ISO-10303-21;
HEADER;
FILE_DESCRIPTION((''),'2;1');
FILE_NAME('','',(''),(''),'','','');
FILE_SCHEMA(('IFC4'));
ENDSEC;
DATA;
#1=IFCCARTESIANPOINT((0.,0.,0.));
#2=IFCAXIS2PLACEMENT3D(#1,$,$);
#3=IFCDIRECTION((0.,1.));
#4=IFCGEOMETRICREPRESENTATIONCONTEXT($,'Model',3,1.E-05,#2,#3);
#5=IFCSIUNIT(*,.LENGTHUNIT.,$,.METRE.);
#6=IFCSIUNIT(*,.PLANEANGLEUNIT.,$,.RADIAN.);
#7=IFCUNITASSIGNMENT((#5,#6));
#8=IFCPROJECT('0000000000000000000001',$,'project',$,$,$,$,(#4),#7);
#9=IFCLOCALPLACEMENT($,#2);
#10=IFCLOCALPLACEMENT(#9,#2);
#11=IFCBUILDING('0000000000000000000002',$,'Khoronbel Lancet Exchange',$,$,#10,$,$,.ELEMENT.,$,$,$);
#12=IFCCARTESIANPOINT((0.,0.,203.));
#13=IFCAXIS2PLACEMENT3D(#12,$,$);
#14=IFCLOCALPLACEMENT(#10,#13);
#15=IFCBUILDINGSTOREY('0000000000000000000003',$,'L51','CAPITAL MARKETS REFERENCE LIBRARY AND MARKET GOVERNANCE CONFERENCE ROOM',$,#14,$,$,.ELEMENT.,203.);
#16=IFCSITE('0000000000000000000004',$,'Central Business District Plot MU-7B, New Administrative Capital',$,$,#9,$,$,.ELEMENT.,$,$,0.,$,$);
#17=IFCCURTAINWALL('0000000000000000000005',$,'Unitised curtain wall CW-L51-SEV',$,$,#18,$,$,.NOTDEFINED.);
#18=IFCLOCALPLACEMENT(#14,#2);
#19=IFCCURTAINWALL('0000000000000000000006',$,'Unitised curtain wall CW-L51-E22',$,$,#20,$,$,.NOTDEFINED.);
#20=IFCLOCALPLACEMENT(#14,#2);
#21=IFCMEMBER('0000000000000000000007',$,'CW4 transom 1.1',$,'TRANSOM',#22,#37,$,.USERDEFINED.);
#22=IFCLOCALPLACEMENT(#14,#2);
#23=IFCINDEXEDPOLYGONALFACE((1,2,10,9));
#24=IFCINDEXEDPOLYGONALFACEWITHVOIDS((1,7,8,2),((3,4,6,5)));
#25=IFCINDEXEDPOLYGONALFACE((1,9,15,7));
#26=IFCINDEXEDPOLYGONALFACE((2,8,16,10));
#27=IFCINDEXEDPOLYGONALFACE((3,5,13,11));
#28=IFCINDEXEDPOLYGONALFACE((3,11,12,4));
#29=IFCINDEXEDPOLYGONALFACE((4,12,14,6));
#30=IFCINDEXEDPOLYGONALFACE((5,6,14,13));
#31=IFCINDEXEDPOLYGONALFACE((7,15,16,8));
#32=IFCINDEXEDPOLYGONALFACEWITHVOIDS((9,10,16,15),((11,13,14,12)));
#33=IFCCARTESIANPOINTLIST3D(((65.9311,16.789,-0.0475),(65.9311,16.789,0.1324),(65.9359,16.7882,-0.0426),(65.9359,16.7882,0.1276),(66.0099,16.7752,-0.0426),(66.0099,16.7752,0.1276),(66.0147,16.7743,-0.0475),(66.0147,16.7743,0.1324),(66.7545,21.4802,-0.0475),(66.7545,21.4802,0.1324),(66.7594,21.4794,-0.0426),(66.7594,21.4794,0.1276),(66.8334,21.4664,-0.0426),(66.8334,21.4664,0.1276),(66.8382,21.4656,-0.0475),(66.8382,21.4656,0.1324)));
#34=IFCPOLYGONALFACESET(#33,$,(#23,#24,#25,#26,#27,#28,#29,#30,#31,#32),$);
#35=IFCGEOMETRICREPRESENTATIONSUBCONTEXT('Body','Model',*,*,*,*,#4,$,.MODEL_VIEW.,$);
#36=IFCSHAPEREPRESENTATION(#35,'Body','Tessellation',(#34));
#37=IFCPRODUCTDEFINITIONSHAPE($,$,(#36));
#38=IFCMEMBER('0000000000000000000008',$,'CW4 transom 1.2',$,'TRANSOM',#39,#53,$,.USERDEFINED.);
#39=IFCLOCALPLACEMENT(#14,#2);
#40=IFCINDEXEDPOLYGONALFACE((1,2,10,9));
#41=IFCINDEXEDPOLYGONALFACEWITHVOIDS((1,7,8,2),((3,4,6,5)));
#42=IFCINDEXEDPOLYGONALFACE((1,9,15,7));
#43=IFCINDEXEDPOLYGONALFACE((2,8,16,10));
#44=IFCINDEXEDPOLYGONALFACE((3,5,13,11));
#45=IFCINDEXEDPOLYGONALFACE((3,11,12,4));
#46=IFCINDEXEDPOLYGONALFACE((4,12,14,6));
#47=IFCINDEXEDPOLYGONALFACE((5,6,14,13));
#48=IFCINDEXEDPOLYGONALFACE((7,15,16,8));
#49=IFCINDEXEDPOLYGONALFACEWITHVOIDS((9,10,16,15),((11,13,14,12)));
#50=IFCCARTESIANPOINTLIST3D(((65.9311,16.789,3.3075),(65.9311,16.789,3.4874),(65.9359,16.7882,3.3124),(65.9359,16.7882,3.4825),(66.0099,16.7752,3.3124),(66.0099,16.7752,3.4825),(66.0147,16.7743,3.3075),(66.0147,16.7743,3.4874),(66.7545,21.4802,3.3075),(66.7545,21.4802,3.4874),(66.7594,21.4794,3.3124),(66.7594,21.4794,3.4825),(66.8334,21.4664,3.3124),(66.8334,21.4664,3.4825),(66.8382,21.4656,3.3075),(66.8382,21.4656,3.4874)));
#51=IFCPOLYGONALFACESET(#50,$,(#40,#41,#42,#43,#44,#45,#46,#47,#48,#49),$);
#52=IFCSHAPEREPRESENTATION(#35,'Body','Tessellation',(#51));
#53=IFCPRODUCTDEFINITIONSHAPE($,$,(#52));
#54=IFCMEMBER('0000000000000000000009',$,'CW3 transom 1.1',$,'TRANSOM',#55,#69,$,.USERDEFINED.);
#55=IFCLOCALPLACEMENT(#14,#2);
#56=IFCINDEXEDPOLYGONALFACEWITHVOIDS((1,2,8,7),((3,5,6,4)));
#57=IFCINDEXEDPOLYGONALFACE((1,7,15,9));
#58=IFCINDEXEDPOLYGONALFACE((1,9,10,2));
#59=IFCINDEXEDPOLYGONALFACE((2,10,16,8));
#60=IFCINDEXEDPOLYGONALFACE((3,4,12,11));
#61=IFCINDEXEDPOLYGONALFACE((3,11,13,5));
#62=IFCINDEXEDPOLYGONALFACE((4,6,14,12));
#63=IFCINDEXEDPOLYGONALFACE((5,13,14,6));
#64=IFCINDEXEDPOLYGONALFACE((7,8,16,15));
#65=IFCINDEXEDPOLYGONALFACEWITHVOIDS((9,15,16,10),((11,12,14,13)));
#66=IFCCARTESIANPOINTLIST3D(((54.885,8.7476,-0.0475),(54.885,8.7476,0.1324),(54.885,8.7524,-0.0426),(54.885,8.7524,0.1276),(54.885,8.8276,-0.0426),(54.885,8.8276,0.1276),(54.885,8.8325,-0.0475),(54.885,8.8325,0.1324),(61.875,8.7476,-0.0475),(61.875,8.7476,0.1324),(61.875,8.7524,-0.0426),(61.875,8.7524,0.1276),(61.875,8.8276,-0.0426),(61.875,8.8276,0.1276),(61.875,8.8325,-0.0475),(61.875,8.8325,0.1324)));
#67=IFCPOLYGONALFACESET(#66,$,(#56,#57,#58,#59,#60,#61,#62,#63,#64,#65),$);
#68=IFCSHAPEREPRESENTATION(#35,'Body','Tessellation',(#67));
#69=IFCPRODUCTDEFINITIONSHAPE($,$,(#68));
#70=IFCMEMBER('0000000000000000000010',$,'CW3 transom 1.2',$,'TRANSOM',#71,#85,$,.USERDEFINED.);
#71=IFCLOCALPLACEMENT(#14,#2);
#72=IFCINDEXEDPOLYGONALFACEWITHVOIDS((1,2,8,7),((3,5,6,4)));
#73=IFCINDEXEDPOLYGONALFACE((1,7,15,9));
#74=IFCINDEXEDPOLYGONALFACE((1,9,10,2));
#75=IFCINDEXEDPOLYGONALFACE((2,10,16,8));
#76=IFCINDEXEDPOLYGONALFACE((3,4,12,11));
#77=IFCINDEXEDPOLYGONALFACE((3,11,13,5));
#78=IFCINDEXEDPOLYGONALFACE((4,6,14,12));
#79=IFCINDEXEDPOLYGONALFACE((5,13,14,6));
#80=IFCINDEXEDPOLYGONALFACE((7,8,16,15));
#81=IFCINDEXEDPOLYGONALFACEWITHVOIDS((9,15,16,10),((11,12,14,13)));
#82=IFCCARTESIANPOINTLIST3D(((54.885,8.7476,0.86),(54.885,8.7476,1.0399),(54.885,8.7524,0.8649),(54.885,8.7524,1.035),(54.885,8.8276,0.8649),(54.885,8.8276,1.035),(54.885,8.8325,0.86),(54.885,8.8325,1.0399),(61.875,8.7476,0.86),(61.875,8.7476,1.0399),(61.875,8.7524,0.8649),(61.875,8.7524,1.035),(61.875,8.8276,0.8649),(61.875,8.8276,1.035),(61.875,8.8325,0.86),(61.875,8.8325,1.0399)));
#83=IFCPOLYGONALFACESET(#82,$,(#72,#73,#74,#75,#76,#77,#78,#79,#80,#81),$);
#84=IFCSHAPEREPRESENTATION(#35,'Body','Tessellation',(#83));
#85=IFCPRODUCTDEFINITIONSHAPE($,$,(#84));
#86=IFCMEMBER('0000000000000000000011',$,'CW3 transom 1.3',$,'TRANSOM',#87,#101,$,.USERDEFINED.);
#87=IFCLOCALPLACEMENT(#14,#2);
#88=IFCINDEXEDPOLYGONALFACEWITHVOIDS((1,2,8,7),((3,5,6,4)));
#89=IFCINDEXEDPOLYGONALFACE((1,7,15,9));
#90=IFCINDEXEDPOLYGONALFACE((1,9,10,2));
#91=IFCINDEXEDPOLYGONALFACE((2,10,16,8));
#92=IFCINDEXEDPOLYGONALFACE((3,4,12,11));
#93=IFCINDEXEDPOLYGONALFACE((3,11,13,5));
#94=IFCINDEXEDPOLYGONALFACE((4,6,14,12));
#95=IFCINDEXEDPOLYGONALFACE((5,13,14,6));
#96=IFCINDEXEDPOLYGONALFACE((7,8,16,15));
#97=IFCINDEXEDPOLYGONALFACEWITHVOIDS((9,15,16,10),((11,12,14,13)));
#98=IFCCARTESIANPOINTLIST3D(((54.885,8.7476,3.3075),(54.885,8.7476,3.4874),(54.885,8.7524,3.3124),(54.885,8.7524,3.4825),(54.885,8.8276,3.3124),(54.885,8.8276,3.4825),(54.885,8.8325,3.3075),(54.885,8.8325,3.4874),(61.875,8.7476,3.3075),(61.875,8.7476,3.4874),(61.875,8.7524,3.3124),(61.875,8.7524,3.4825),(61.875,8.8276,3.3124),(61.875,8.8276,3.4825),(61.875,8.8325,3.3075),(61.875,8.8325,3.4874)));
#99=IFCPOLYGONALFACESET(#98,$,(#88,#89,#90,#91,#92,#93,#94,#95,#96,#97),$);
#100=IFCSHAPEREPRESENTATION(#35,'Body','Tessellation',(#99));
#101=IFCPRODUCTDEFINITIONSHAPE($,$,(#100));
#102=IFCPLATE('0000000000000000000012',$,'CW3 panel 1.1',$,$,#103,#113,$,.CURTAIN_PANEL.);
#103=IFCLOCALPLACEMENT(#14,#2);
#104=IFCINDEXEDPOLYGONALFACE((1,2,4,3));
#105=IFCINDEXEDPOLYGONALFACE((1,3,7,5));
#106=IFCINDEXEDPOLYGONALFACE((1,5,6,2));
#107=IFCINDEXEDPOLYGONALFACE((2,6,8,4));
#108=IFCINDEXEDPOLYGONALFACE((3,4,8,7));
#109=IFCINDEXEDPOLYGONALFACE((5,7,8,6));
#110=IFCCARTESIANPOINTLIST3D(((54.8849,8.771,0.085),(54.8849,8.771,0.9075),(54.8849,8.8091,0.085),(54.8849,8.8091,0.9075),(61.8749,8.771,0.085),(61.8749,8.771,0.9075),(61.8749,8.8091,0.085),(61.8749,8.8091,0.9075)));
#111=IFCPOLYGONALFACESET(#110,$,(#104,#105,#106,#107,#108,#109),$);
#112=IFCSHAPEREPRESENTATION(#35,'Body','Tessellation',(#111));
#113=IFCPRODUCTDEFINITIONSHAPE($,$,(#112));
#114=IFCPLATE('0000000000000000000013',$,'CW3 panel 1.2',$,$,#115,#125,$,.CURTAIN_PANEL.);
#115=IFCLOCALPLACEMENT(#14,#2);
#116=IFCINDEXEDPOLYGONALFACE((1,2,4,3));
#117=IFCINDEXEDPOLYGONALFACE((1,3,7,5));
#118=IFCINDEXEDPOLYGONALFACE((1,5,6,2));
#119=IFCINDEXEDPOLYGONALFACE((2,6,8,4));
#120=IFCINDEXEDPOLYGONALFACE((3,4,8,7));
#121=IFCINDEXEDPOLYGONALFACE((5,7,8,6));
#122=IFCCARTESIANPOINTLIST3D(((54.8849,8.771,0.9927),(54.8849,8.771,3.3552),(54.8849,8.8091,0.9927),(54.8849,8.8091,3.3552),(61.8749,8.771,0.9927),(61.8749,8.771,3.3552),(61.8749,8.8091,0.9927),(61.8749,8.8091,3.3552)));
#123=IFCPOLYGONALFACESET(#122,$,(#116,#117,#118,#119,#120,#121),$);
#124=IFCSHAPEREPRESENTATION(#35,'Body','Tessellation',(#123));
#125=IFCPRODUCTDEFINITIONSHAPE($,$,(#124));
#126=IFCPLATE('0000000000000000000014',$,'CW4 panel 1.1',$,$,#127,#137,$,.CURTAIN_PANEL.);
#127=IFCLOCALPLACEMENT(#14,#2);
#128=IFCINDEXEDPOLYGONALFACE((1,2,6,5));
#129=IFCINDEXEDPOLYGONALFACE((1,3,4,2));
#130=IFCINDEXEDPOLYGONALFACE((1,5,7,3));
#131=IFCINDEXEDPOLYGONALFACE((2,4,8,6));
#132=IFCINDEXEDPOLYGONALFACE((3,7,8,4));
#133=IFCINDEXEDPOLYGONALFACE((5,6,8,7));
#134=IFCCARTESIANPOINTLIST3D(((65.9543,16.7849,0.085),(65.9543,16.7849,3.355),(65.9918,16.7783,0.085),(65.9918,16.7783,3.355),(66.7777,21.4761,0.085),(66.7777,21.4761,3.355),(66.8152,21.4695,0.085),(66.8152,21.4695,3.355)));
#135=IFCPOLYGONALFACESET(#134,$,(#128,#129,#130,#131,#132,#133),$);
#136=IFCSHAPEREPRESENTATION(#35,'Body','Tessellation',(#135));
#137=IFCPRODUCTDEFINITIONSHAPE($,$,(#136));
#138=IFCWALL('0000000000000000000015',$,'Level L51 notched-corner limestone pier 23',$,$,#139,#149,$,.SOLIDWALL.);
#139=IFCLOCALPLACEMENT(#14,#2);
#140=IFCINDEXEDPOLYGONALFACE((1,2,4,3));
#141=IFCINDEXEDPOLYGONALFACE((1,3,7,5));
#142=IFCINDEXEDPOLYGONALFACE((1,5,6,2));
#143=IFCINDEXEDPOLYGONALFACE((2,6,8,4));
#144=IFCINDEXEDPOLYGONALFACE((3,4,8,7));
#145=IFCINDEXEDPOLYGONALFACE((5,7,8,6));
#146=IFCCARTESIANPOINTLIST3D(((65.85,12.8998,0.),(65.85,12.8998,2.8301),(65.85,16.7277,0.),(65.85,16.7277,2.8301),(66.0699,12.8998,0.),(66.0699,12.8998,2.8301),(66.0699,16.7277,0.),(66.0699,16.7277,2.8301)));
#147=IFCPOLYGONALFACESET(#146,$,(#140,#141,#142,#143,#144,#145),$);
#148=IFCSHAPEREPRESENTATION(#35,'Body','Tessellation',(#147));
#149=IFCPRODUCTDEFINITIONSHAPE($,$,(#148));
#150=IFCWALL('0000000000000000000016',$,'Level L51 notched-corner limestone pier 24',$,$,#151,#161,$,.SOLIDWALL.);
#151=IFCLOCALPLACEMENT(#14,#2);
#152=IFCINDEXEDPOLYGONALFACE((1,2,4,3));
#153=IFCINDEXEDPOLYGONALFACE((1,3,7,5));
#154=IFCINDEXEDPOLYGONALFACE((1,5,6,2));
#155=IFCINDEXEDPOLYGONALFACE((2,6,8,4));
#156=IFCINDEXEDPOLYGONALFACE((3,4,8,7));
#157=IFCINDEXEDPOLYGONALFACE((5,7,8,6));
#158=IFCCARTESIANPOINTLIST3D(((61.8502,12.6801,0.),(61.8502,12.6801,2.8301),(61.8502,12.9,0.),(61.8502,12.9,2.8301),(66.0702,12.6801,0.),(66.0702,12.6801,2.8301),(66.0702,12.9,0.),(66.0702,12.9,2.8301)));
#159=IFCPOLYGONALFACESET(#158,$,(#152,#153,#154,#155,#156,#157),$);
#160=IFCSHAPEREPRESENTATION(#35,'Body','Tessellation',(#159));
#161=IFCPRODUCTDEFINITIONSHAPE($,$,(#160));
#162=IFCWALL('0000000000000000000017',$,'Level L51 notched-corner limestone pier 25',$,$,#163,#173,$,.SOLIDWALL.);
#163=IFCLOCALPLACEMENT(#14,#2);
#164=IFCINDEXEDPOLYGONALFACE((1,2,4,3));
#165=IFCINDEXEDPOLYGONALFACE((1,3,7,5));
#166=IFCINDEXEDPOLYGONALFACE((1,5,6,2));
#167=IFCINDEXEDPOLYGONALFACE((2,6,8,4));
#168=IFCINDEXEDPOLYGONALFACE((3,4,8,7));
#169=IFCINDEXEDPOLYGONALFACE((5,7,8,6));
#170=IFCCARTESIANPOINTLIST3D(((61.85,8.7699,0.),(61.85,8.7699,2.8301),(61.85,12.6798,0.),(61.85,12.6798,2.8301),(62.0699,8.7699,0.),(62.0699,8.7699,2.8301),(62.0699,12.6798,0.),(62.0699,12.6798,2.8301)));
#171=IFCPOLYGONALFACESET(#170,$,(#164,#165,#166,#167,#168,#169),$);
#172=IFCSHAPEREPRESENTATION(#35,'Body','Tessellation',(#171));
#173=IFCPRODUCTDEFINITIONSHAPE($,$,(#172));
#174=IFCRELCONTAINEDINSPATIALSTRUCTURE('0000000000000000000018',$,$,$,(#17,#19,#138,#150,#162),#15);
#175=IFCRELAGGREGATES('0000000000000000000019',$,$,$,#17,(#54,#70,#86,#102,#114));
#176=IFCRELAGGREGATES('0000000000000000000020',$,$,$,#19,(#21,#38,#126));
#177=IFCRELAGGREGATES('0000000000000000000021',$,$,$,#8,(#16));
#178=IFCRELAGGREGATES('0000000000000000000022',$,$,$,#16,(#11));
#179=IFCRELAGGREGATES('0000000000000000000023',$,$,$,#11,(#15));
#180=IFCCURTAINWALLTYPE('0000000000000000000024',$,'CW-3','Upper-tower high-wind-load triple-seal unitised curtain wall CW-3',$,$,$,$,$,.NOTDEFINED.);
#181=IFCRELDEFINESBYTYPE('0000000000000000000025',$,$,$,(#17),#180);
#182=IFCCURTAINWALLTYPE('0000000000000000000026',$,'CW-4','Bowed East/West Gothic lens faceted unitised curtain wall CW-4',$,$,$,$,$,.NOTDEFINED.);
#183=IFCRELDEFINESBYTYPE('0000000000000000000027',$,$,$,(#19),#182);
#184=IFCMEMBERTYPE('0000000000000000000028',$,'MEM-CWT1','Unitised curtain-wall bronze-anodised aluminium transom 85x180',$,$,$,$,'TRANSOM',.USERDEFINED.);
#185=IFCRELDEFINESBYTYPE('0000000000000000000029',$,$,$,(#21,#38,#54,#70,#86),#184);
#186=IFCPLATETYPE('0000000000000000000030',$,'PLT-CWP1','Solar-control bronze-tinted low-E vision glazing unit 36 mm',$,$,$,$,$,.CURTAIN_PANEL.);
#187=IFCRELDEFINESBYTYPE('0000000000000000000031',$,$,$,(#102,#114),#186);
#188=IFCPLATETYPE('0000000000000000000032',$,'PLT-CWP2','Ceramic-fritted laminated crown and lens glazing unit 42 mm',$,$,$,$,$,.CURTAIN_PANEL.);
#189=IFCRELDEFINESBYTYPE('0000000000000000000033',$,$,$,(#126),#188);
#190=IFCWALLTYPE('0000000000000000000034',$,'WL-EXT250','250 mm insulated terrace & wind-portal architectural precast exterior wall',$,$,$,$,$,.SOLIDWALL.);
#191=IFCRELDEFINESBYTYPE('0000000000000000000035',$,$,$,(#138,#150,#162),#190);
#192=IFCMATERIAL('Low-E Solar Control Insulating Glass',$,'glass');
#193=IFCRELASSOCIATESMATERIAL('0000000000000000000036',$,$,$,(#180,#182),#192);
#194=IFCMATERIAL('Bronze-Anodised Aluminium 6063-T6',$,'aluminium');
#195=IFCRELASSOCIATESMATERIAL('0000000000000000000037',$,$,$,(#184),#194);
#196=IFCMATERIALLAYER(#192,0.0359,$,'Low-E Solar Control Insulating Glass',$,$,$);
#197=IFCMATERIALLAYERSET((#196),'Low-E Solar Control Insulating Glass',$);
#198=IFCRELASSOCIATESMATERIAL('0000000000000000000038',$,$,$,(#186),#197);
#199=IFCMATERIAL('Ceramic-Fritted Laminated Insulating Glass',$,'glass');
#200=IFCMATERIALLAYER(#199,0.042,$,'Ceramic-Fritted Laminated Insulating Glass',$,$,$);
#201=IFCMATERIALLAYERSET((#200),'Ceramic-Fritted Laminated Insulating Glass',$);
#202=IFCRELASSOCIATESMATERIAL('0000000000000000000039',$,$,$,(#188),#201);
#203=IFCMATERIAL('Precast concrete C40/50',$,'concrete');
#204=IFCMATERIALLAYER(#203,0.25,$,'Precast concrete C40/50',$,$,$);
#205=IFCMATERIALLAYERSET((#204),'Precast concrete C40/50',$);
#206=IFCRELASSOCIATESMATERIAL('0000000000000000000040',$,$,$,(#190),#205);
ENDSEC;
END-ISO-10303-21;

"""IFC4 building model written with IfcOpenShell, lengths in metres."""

from ifc_helpers import new_model, si_unit, direction, frame, frame_2d, origin, origin_2d, place, context, subcontext, project, spatial, rectangle, hollow_rectangle, extrude, material, layer, layer_set, material_profile, profile_set, type_object, element, aggregate, save


model = new_model("IFC4")

# Units and contexts
model_context = context("Model", 3, precision=1e-05, world=origin(), true_north=direction((0.0, 1.0)))
body_context = subcontext(model_context, "Body", "Model", "MODEL_VIEW")
ifc_project = project(units=[si_unit("LENGTHUNIT", "METRE"), si_unit("PLANEANGLEUNIT", "RADIAN")], contexts=[model_context])

# Site, building, storey
site_placement = place(None, origin())
site = spatial("IfcSite", under=ifc_project, at=site_placement, Name="Central Business District Plot MU-7B, New Administrative Capital", CompositionType="ELEMENT", RefElevation=0.0)
building_placement = place(site_placement, origin())
building = spatial("IfcBuilding", under=site, at=building_placement, Name="Khoronbel Lancet Exchange", CompositionType="ELEMENT")
storey_placement = place(building_placement, frame((0.0, 0.0, 203.0)))
storey = spatial("IfcBuildingStorey", under=building, at=storey_placement, Name="L51", Description="CAPITAL MARKETS REFERENCE LIBRARY AND MARKET GOVERNANCE CONFERENCE ROOM", CompositionType="ELEMENT", Elevation=203.0)

# Shared definitions
ifc_material_1 = material(Name="Low-E Solar Control Insulating Glass", Category="glass")
curtain_wall_type_1 = type_object("IfcCurtainWallType", Name="CW-3", Description="Upper-tower high-wind-load triple-seal unitised curtain wall CW-3", PredefinedType="NOTDEFINED", material=ifc_material_1)
ifc_material_2 = material(Name="Bronze-Anodised Aluminium 6063-T6", Category="aluminium")

# Curtain walls, members
curtain_wall_1_placement = place(storey_placement, origin())
curtain_wall_1 = element("IfcCurtainWall", 1, at=curtain_wall_1_placement, inside=storey, type_object=curtain_wall_type_1, Name="Unitised curtain wall CW-L51-SEV", PredefinedType="NOTDEFINED")
curtain_wall_type_2 = type_object("IfcCurtainWallType", Name="CW-4", Description="Bowed East/West Gothic lens faceted unitised curtain wall CW-4", PredefinedType="NOTDEFINED", material=ifc_material_1)
curtain_wall_2_placement = place(storey_placement, origin())
curtain_wall_2 = element("IfcCurtainWall", 2, at=curtain_wall_2_placement, inside=storey, type_object=curtain_wall_type_2, Name="Unitised curtain wall CW-L51-E22", PredefinedType="NOTDEFINED")
ifc_material_profile_1 = material_profile(ifc_material_2, hollow_rectangle(XDim=0.085, YDim=0.1799, WallThickness=0.0049, at=origin_2d()), Name="ALU TRANSOM 85x180")
ifc_profile_set_1 = profile_set([ifc_material_profile_1], Name="Bronze-Anodised Aluminium 6063-T6")
member_type_1 = type_object("IfcMemberType", Name="MEM-CWT1", Description="Unitised curtain-wall bronze-anodised aluminium transom 85x180", ElementType="TRANSOM", PredefinedType="USERDEFINED", material=ifc_profile_set_1)
member_1_placement = place(storey_placement, frame((66.7964, 21.4729, 0.0425), z_axis=(-0.172896, -0.98494, 0.0), x_axis=(0.98494, -0.172896, 0.0)))
member_1 = element("IfcMember", 3, at=member_1_placement, type_object=member_type_1, Name="CW4 transom 1.1", ObjectType="TRANSOM", PredefinedType="USERDEFINED", context=body_context, shape_type="SweptSolid", body=[
    extrude(hollow_rectangle(XDim=0.085, YDim=0.1799, WallThickness=0.0049, at=origin_2d()), origin(), (0.0, 0.0, 1.0), 4.7629),
])
member_2_placement = place(storey_placement, frame((66.7964, 21.4729, 3.3975), z_axis=(-0.172896, -0.98494, 0.0), x_axis=(0.98494, -0.172896, 0.0)))
member_2 = element("IfcMember", 4, at=member_2_placement, type_object=member_type_1, Name="CW4 transom 1.2", ObjectType="TRANSOM", PredefinedType="USERDEFINED", context=body_context, shape_type="SweptSolid", body=[
    extrude(hollow_rectangle(XDim=0.085, YDim=0.1799, WallThickness=0.0049, at=origin_2d()), origin(), (0.0, 0.0, 1.0), 4.7629),
])

# Members
member_3_placement = place(storey_placement, frame((54.885, 8.79, 0.0425), z_axis=(1.0, 0.0, 0.0), x_axis=(0.0, 1.0, 0.0)))
member_3 = element("IfcMember", 5, at=member_3_placement, type_object=member_type_1, Name="CW3 transom 1.1", ObjectType="TRANSOM", PredefinedType="USERDEFINED", context=body_context, shape_type="SweptSolid", body=[
    extrude(hollow_rectangle(XDim=0.085, YDim=0.1799, WallThickness=0.0049, at=origin_2d()), origin(), (0.0, 0.0, 1.0), 6.99),
])
member_4_placement = place(storey_placement, frame((54.885, 8.79, 0.95), z_axis=(1.0, 0.0, 0.0), x_axis=(0.0, 1.0, 0.0)))
member_4 = element("IfcMember", 6, at=member_4_placement, type_object=member_type_1, Name="CW3 transom 1.2", ObjectType="TRANSOM", PredefinedType="USERDEFINED", context=body_context, shape_type="SweptSolid", body=[
    extrude(hollow_rectangle(XDim=0.085, YDim=0.1799, WallThickness=0.0049, at=origin_2d()), origin(), (0.0, 0.0, 1.0), 6.99),
])
member_5_placement = place(storey_placement, frame((54.885, 8.79, 3.3975), z_axis=(1.0, 0.0, 0.0), x_axis=(0.0, 1.0, 0.0)))
member_5 = element("IfcMember", 7, at=member_5_placement, type_object=member_type_1, Name="CW3 transom 1.3", ObjectType="TRANSOM", PredefinedType="USERDEFINED", context=body_context, shape_type="SweptSolid", body=[
    extrude(hollow_rectangle(XDim=0.085, YDim=0.1799, WallThickness=0.0049, at=origin_2d()), origin(), (0.0, 0.0, 1.0), 6.99),
])

# Plates
ifc_layer_1 = layer(ifc_material_1, 0.0359, Name="Low-E Solar Control Insulating Glass")
ifc_layer_set_1 = layer_set([ifc_layer_1], Name="Low-E Solar Control Insulating Glass")
plate_type_1 = type_object("IfcPlateType", Name="PLT-CWP1", Description="Solar-control bronze-tinted low-E vision glazing unit 36 mm", PredefinedType="CURTAIN_PANEL", material=ifc_layer_set_1)
plate_1_placement = place(storey_placement, frame((58.3799, 8.79, 0.085), z_axis=(0.0, 0.0, 1.0), x_axis=(1.0, 0.0, 0.0)))
plate_1 = element("IfcPlate", 8, at=plate_1_placement, type_object=plate_type_1, Name="CW3 panel 1.1", PredefinedType="CURTAIN_PANEL", context=body_context, shape_type="SweptSolid", body=[
    extrude(rectangle(XDim=6.99, YDim=0.0381, at=origin_2d()), origin(), (0.0, 0.0, 1.0), 0.8225),
])
plate_2_placement = place(storey_placement, frame((58.3799, 8.79, 0.9927), z_axis=(0.0, 0.0, 1.0), x_axis=(1.0, 0.0, 0.0)))
plate_2 = element("IfcPlate", 9, at=plate_2_placement, type_object=plate_type_1, Name="CW3 panel 1.2", PredefinedType="CURTAIN_PANEL", context=body_context, shape_type="SweptSolid", body=[
    extrude(rectangle(XDim=6.99, YDim=0.0381, at=origin_2d()), origin(), (0.0, 0.0, 1.0), 2.3625),
])
aggregate(curtain_wall_1, [member_3, member_4, member_5, plate_1, plate_2])
ifc_material_3 = material(Name="Ceramic-Fritted Laminated Insulating Glass", Category="glass")
ifc_layer_2 = layer(ifc_material_3, 0.042, Name="Ceramic-Fritted Laminated Insulating Glass")
ifc_layer_set_2 = layer_set([ifc_layer_2], Name="Ceramic-Fritted Laminated Insulating Glass")
plate_type_2 = type_object("IfcPlateType", Name="PLT-CWP2", Description="Ceramic-fritted laminated crown and lens glazing unit 42 mm", PredefinedType="CURTAIN_PANEL", material=ifc_layer_set_2)
plate_3_placement = place(storey_placement, frame((66.3848, 19.1272, 0.085), z_axis=(0.0, 0.0, 1.0), x_axis=(-0.172869, -0.984945, 0.0)))
plate_3 = element("IfcPlate", 10, at=plate_3_placement, type_object=plate_type_2, Name="CW4 panel 1.1", PredefinedType="CURTAIN_PANEL", context=body_context, shape_type="SweptSolid", body=[
    extrude(rectangle(XDim=4.7629, YDim=0.0381, at=origin_2d()), origin(), (0.0, 0.0, 1.0), 3.27),
])
aggregate(curtain_wall_2, [member_1, member_2, plate_3])

# Walls
ifc_material_4 = material(Name="Precast concrete C40/50", Category="concrete")
ifc_layer_3 = layer(ifc_material_4, 0.25, Name="Precast concrete C40/50")
ifc_layer_set_3 = layer_set([ifc_layer_3], Name="Precast concrete C40/50")
wall_type_1 = type_object("IfcWallType", Name="WL-EXT250", Description="250 mm insulated terrace & wind-portal architectural precast exterior wall", PredefinedType="SOLIDWALL", material=ifc_layer_set_3)
wall_1_placement = place(storey_placement, frame((65.96, 16.7278, 0.0), z_axis=(0.0, 0.0, 1.0), x_axis=(0.0, -1.0, 0.0)))
element("IfcWall", 11, at=wall_1_placement, inside=storey, type_object=wall_type_1, Name="Level L51 notched-corner limestone pier 23", PredefinedType="SOLIDWALL", context=body_context, shape_type="SweptSolid", body=[
    extrude(rectangle(XDim=3.8279, YDim=0.22, at=frame_2d((1.9141, 0.0))), origin(), (0.0, 0.0, 1.0), 2.8301),
])
wall_2_placement = place(storey_placement, frame((66.0701, 12.79, 0.0), z_axis=(0.0, 0.0, 1.0), x_axis=(-1.0, 0.0, 0.0)))
element("IfcWall", 12, at=wall_2_placement, inside=storey, type_object=wall_type_1, Name="Level L51 notched-corner limestone pier 24", PredefinedType="SOLIDWALL", context=body_context, shape_type="SweptSolid", body=[
    extrude(rectangle(XDim=4.22, YDim=0.22, at=frame_2d((2.1099, 0.0))), origin(), (0.0, 0.0, 1.0), 2.8301),
])
wall_3_placement = place(storey_placement, frame((61.96, 12.6799, 0.0), z_axis=(0.0, 0.0, 1.0), x_axis=(0.0, -1.0, 0.0)))
element("IfcWall", 13, at=wall_3_placement, inside=storey, type_object=wall_type_1, Name="Level L51 notched-corner limestone pier 25", PredefinedType="SOLIDWALL", context=body_context, shape_type="SweptSolid", body=[
    extrude(rectangle(XDim=3.9099, YDim=0.22, at=frame_2d((1.9551, 0.0))), origin(), (0.0, 0.0, 1.0), 2.8301),
])

save(model, "model.ifc")
